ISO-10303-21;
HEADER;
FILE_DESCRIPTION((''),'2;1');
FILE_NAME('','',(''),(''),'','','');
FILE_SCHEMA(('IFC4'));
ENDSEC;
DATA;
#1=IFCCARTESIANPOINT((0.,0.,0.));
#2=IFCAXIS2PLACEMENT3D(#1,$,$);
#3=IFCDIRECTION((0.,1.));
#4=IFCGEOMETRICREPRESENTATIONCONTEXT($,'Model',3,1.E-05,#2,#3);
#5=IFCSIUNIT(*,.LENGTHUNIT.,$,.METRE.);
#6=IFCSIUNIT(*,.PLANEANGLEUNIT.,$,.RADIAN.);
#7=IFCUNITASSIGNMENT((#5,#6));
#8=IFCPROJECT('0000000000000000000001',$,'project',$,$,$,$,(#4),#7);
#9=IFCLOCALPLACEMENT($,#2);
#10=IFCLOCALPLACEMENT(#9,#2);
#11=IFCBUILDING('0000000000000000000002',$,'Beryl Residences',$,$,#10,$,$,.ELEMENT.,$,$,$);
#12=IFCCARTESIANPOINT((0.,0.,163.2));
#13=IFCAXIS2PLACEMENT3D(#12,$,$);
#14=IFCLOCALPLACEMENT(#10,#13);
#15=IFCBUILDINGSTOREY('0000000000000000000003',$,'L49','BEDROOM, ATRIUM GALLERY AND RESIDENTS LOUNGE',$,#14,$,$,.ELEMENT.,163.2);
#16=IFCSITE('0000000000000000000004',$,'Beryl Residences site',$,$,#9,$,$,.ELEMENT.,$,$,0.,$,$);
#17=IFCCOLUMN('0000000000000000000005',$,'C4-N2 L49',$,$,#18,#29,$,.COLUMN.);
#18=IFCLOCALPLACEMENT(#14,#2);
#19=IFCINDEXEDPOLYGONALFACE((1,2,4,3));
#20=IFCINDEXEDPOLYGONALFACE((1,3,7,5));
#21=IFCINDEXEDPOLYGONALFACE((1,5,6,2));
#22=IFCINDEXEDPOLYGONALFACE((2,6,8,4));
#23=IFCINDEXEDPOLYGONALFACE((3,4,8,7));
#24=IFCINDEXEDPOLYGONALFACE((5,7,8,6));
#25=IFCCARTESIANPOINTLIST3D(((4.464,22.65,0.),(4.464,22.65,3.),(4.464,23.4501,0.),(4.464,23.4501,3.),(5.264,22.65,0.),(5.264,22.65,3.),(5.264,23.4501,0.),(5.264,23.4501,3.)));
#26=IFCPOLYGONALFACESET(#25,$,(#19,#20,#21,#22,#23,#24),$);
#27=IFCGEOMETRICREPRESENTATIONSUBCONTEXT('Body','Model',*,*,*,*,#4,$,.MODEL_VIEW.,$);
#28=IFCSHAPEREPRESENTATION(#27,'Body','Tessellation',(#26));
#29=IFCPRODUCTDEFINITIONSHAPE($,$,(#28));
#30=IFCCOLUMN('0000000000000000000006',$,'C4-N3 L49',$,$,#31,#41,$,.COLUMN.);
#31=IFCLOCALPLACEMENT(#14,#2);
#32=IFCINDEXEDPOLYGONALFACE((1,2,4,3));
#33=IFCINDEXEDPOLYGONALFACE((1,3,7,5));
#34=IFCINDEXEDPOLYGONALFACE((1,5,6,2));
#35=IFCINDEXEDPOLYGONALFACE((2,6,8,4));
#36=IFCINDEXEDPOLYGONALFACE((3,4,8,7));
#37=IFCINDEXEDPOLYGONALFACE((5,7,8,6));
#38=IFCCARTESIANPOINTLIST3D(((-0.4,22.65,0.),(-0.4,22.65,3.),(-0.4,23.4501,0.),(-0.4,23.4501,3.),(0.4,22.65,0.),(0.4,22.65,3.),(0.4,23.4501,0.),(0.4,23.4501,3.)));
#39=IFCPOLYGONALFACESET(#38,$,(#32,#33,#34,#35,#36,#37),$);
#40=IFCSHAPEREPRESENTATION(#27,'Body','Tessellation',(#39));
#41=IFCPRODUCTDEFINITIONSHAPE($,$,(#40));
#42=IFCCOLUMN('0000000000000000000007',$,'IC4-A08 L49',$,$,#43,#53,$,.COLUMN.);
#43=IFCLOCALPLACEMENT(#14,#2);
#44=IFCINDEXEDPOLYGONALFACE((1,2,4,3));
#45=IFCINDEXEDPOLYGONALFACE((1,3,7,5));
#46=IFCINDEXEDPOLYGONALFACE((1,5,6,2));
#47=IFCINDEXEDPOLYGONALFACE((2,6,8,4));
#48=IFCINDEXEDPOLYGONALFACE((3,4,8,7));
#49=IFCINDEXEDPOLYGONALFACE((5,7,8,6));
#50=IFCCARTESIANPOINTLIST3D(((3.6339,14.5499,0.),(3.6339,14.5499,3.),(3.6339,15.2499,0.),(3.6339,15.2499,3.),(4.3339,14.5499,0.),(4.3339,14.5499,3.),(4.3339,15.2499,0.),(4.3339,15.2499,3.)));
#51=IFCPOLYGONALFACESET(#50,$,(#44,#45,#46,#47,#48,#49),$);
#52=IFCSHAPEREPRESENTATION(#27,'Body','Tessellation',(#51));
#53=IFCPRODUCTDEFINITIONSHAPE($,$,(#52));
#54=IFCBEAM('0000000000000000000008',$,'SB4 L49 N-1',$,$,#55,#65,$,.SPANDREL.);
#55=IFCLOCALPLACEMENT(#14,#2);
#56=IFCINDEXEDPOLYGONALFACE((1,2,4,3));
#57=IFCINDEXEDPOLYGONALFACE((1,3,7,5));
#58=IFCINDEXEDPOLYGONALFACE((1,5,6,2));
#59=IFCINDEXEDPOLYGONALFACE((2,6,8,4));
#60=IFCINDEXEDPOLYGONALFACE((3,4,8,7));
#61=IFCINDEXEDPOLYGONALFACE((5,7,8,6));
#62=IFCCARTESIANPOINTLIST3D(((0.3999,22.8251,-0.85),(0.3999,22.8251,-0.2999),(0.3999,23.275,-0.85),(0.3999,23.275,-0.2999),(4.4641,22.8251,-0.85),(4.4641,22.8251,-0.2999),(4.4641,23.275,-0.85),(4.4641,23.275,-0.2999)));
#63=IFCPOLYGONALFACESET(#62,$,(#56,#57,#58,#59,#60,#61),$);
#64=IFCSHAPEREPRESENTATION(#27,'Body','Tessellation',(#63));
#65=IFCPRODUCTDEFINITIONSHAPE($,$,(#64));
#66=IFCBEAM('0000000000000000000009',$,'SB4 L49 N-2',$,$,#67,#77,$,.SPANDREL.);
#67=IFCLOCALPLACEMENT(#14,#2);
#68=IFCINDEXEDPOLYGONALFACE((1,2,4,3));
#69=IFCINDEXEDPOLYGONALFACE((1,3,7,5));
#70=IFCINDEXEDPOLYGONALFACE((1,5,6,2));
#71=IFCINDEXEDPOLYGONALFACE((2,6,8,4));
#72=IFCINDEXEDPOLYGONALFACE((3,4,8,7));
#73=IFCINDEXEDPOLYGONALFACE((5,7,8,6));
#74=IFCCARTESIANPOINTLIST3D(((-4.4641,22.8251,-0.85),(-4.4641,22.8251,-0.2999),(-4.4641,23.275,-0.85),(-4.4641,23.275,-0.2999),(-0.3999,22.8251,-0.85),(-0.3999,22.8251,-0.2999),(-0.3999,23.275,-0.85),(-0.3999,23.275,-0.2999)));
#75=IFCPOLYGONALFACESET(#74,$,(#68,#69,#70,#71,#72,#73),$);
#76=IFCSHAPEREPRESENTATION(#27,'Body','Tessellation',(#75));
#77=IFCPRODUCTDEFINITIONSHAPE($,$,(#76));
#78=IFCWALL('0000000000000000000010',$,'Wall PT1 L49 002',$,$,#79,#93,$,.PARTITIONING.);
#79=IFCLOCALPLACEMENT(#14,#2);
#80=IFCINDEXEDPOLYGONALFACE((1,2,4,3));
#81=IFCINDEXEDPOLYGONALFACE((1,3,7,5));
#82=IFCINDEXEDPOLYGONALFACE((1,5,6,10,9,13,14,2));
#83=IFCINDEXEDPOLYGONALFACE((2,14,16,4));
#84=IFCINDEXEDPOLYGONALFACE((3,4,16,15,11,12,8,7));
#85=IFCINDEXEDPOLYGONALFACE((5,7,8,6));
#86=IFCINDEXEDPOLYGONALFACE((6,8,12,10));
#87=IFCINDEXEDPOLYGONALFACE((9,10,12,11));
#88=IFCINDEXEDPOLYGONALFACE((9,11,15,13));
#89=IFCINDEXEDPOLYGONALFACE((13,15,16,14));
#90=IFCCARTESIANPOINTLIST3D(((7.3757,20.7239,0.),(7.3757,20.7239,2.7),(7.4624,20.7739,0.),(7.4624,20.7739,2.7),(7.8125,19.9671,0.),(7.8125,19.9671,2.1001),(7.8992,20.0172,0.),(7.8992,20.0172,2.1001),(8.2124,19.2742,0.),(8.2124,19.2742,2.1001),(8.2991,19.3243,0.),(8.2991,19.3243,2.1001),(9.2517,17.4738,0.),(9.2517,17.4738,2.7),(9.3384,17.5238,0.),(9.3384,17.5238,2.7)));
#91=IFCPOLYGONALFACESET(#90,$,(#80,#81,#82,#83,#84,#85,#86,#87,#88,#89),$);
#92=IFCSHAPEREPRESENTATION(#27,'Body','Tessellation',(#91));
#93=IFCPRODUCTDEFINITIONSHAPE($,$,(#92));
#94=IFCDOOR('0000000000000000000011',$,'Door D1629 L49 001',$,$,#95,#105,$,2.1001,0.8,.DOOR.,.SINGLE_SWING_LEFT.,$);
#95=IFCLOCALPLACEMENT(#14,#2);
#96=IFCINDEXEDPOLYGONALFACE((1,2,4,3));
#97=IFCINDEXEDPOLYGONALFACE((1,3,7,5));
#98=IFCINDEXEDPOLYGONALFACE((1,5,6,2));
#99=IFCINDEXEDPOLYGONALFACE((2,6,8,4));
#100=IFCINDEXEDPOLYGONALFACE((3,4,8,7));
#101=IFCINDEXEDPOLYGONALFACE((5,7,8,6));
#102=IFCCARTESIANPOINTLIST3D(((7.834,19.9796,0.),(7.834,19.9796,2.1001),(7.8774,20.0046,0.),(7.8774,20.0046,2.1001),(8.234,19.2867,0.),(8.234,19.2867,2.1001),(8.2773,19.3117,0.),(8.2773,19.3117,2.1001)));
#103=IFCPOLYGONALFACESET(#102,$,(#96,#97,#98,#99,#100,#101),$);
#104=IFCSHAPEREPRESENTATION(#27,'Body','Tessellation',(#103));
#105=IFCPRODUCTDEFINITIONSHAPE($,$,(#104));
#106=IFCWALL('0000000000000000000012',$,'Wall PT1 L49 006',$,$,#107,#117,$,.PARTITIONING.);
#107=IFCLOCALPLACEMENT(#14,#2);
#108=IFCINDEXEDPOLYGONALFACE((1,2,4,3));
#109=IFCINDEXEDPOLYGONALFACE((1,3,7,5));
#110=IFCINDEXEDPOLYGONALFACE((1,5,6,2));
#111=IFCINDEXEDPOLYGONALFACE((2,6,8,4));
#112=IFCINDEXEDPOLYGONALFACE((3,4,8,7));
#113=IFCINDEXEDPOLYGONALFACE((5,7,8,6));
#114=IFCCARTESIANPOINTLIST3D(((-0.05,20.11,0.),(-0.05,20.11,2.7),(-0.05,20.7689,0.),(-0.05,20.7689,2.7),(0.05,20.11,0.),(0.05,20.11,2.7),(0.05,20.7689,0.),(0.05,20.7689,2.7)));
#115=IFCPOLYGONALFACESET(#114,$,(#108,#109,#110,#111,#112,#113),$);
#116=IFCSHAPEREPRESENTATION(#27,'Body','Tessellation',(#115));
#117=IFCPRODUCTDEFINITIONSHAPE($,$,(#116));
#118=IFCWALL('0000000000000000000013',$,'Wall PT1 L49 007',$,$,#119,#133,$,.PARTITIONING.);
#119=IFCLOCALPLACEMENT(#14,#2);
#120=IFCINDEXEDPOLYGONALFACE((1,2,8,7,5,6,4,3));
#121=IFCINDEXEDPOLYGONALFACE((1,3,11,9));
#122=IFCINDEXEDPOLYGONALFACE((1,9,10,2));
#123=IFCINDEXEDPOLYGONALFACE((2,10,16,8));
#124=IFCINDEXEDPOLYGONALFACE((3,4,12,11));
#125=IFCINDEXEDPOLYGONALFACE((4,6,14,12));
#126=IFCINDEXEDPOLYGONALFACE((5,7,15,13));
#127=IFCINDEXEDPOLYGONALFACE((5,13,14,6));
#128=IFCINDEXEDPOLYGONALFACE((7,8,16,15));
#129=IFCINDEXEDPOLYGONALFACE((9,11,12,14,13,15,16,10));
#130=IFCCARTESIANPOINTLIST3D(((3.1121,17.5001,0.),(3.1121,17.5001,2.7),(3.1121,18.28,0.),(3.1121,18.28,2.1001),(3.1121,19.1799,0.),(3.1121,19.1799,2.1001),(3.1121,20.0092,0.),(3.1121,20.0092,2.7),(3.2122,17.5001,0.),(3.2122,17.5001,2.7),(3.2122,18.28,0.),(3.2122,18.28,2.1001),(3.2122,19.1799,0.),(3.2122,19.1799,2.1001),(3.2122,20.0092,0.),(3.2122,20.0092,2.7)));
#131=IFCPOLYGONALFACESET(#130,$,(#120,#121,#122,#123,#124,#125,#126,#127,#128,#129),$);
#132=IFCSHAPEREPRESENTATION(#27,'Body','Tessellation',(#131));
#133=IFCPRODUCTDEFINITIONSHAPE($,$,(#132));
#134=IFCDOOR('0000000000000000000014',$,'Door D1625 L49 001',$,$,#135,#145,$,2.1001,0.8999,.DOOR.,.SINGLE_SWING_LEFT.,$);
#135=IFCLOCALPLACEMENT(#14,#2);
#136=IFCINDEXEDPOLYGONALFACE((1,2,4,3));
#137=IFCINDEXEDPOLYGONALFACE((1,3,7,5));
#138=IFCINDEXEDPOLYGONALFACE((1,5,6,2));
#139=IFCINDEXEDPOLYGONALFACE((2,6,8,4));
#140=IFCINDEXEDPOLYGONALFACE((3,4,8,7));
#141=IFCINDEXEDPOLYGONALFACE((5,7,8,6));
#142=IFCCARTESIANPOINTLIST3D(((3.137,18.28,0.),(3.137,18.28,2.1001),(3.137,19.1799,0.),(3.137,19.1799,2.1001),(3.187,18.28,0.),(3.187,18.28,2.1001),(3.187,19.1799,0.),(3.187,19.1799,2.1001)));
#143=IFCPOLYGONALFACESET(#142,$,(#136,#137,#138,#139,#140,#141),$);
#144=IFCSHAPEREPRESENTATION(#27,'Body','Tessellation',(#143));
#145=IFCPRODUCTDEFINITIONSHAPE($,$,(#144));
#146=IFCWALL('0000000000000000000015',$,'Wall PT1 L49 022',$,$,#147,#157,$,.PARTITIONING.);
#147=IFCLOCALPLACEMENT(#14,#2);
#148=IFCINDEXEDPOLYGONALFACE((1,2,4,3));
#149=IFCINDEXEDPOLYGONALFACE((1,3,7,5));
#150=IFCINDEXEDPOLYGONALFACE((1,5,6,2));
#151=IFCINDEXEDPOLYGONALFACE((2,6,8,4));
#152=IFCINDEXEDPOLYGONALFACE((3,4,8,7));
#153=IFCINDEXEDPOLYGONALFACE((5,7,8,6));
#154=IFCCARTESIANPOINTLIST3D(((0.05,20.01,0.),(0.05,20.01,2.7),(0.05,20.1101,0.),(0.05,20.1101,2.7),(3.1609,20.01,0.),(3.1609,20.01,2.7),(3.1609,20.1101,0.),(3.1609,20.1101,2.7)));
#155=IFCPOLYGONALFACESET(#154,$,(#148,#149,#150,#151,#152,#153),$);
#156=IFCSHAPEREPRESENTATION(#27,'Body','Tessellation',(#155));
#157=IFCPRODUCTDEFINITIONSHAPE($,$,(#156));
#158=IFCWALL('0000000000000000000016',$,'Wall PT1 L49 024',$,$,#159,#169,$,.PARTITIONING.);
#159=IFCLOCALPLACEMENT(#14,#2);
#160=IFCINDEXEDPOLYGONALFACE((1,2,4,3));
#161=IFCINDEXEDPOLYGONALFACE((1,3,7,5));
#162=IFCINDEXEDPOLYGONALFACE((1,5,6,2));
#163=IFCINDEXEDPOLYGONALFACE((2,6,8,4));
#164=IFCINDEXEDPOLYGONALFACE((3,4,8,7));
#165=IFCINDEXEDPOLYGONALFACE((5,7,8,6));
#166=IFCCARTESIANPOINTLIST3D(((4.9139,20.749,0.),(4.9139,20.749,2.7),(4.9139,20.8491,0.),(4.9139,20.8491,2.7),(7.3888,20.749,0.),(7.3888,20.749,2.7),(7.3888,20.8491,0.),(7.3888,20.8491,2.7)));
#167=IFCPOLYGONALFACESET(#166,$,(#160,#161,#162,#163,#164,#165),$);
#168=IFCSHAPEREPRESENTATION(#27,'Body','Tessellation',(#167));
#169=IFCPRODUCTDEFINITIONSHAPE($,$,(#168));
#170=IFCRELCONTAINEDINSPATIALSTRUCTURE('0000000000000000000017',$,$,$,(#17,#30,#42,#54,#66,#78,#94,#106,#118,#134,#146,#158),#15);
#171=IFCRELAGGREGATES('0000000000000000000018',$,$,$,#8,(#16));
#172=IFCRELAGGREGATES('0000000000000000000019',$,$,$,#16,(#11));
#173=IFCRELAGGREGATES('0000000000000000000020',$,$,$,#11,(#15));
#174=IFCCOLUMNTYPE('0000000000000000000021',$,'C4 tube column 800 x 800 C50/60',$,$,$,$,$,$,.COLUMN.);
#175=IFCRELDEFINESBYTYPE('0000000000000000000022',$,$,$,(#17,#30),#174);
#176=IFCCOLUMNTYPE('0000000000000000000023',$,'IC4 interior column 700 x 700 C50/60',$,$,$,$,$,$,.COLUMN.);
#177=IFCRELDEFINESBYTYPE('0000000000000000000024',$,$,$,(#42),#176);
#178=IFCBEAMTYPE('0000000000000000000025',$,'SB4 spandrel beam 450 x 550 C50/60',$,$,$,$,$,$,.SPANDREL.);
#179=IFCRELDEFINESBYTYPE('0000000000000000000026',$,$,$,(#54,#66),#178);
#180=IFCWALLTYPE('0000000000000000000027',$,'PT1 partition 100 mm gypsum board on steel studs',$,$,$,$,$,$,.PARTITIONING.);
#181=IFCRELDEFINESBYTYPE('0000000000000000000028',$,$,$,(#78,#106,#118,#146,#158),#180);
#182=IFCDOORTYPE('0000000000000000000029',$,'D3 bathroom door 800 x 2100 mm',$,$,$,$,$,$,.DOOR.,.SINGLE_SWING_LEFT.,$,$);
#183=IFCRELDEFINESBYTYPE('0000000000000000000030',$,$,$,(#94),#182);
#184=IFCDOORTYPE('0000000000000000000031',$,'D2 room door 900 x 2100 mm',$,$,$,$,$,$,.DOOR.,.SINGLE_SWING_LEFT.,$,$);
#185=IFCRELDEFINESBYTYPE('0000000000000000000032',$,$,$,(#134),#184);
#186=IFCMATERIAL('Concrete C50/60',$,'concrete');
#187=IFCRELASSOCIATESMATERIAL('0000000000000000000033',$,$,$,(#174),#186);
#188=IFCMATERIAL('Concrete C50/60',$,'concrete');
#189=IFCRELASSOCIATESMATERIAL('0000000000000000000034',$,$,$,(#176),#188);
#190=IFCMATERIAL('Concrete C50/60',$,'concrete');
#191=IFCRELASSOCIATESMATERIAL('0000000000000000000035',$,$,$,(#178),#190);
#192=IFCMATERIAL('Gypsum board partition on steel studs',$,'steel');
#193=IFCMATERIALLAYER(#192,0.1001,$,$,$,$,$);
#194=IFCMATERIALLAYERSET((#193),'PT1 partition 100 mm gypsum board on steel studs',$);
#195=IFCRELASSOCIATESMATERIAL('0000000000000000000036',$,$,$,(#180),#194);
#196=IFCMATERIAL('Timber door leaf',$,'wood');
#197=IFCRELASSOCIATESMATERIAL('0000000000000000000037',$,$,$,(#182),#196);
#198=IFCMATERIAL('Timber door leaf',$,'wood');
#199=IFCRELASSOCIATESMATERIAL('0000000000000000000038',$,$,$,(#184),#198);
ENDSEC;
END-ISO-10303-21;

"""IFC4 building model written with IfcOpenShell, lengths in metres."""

from ifc_helpers import new_model, si_unit, direction, frame, frame_2d, origin, origin_2d, place, context, subcontext, project, spatial, rectangle, extrude, material, layer, layer_set, material_profile, profile_set, type_object, element, fill, save


model = new_model("IFC4")

# Units and contexts
model_context = context("Model", 3, precision=1e-05, world=origin(), true_north=direction((0.0, 1.0)))
body_context = subcontext(model_context, "Body", "Model", "MODEL_VIEW")
ifc_project = project(units=[si_unit("LENGTHUNIT", "METRE"), si_unit("PLANEANGLEUNIT", "RADIAN")], contexts=[model_context])

# Site, building, storey
site_placement = place(None, origin())
site = spatial("IfcSite", under=ifc_project, at=site_placement, Name="Beryl Residences site", CompositionType="ELEMENT", RefElevation=0.0)
building_placement = place(site_placement, origin())
building = spatial("IfcBuilding", under=site, at=building_placement, Name="Beryl Residences", CompositionType="ELEMENT")
storey_placement = place(building_placement, frame((0.0, 0.0, 163.2)))
storey = spatial("IfcBuildingStorey", under=building, at=storey_placement, Name="L49", Description="BEDROOM, ATRIUM GALLERY AND RESIDENTS LOUNGE", CompositionType="ELEMENT", Elevation=163.2)

# Columns
ifc_material_1 = material(Name="Concrete C50/60", Category="concrete")
ifc_material_profile_1 = material_profile(ifc_material_1, rectangle(XDim=0.8, YDim=0.8, at=origin_2d()))
ifc_profile_set_1 = profile_set([ifc_material_profile_1], Name="Concrete C50/60")
column_type_1 = type_object("IfcColumnType", Name="C4 tube column 800 x 800 C50/60", PredefinedType="COLUMN", material=ifc_profile_set_1)
for number, where, z_axis, x_axis, name in (
    (1, (4.864, 23.05, 0.0), (0.0, 0.0, 1.0), (-1.0, 0.0, 0.0), "C4-N2 L49"),
    (2, (0.0, 23.05, 0.0), (0.0, 0.0, 1.0), (-1.0, 0.0, 0.0), "C4-N3 L49"),
):
    element("IfcColumn", number, at=place(storey_placement, frame(where, z_axis=z_axis, x_axis=x_axis)), inside=storey, type_object=column_type_1, Name=name, PredefinedType="COLUMN", context=body_context, shape_type="SweptSolid", body=[
        extrude(rectangle(XDim=0.8, YDim=0.8, at=origin_2d()), origin(), (0.0, 0.0, 1.0), 3.0),
    ])
ifc_material_2 = material(Name="Concrete C50/60", Category="concrete")
ifc_material_profile_2 = material_profile(ifc_material_2, rectangle(XDim=0.7, YDim=0.7, at=origin_2d()))
ifc_profile_set_2 = profile_set([ifc_material_profile_2], Name="Concrete C50/60")
column_type_2 = type_object("IfcColumnType", Name="IC4 interior column 700 x 700 C50/60", PredefinedType="COLUMN", material=ifc_profile_set_2)
column_placement = place(storey_placement, frame((3.9839, 14.8999, 0.0), z_axis=(0.0, 0.0, 1.0), x_axis=(1.0, 0.0, 0.0)))
element("IfcColumn", 3, at=column_placement, inside=storey, type_object=column_type_2, Name="IC4-A08 L49", PredefinedType="COLUMN", context=body_context, shape_type="SweptSolid", body=[
    extrude(rectangle(XDim=0.7, YDim=0.7, at=origin_2d()), origin(), (0.0, 0.0, 1.0), 3.0),
])

# Beams
ifc_material_3 = material(Name="Concrete C50/60", Category="concrete")
ifc_material_profile_3 = material_profile(ifc_material_3, rectangle(XDim=0.45, YDim=0.55, at=origin_2d()))
ifc_profile_set_3 = profile_set([ifc_material_profile_3], Name="Concrete C50/60")
beam_type = type_object("IfcBeamType", Name="SB4 spandrel beam 450 x 550 C50/60", PredefinedType="SPANDREL", material=ifc_profile_set_3)
for number, where, z_axis, x_axis, name in (
    (4, (4.4641, 23.05, -0.575), (-1.0, 0.0, 0.0), (0.0, -1.0, 0.0), "SB4 L49 N-1"),
    (5, (-0.3999, 23.05, -0.575), (-1.0, 0.0, 0.0), (0.0, -1.0, 0.0), "SB4 L49 N-2"),
):
    element("IfcBeam", number, at=place(storey_placement, frame(where, z_axis=z_axis, x_axis=x_axis)), inside=storey, type_object=beam_type, Name=name, PredefinedType="SPANDREL", context=body_context, shape_type="SweptSolid", body=[
        extrude(rectangle(XDim=0.45, YDim=0.55, at=origin_2d()), origin(), (0.0, 0.0, 1.0), 4.0642),
    ])

# Wall, opening, door
ifc_material_4 = material(Name="Gypsum board partition on steel studs", Category="steel")
ifc_layer_1 = layer(ifc_material_4, 0.1001)
ifc_layer_set_1 = layer_set([ifc_layer_1], Name="PT1 partition 100 mm gypsum board on steel studs")
wall_type_1 = type_object("IfcWallType", Name="PT1 partition 100 mm gypsum board on steel studs", PredefinedType="PARTITIONING", material=ifc_layer_set_1)
wall_1_placement = place(storey_placement, frame((7.4189, 20.749, 0.0), z_axis=(0.0, 0.0, 1.0), x_axis=(0.499918, -0.866073, 0.0)))
wall_1 = element("IfcWall", 6, at=wall_1_placement, inside=storey, type_object=wall_type_1, Name="Wall PT1 L49 002", PredefinedType="PARTITIONING", context=body_context, shape_type="SweptSolid", body=[
    extrude(rectangle(XDim=3.7527, YDim=0.1001, at=frame_2d((1.8765, 0.0))), origin(), (0.0, 0.0, 1.0), 2.7),
])
opening_1_placement = place(wall_1_placement, frame((0.874, 0.0, 0.0)))
opening_1 = element("IfcOpeningElement", 7, at=opening_1_placement, cuts=wall_1, PredefinedType="OPENING", context=body_context, shape_type="SweptSolid", body=[
    extrude(rectangle(XDim=0.8, YDim=2.1001, at=frame_2d((0.3999, 1.05))), frame((0.0, 0.0601, 0.0), z_axis=(0.0, -1.0, 0.0), x_axis=(1.0, 0.0, 0.0)), (0.0, 0.0, 1.0), 0.1201),
])
ifc_material_5 = material(Name="Timber door leaf", Category="wood")
door_type_1 = type_object("IfcDoorType", Name="D3 bathroom door 800 x 2100 mm", OperationType="SINGLE_SWING_LEFT", PredefinedType="DOOR", material=ifc_material_5)
door_1_placement = place(opening_1_placement, origin())
door_1 = element("IfcDoor", 8, at=door_1_placement, inside=storey, type_object=door_type_1, Name="Door D1629 L49 001", OperationType="SINGLE_SWING_LEFT", OverallHeight=2.1001, OverallWidth=0.8, PredefinedType="DOOR", context=body_context, shape_type="SweptSolid", body=[
    extrude(rectangle(XDim=0.8, YDim=2.1001, at=frame_2d((0.3999, 1.05))), frame((0.0, 0.0249, 0.0), z_axis=(0.0, -1.0, 0.0), x_axis=(1.0, 0.0, 0.0)), (0.0, 0.0, 1.0), 0.05),
])
fill(opening_1, door_1)

# Wall
wall_2_placement = place(storey_placement, frame((0.0, 20.769, 0.0), z_axis=(0.0, 0.0, 1.0), x_axis=(0.0, -1.0, 0.0)))
element("IfcWall", 9, at=wall_2_placement, inside=storey, type_object=wall_type_1, Name="Wall PT1 L49 006", PredefinedType="PARTITIONING", context=body_context, shape_type="SweptSolid", body=[
    extrude(rectangle(XDim=0.6589, YDim=0.1001, at=frame_2d((0.3296, 0.0))), origin(), (0.0, 0.0, 1.0), 2.7),
])

# Wall, opening, door
wall_3_placement = place(storey_placement, frame((3.1621, 20.009, 0.0), z_axis=(0.0, 0.0, 1.0), x_axis=(0.0, -1.0, 0.0)))
wall_3 = element("IfcWall", 10, at=wall_3_placement, inside=storey, type_object=wall_type_1, Name="Wall PT1 L49 007", PredefinedType="PARTITIONING", context=body_context, shape_type="SweptSolid", body=[
    extrude(rectangle(XDim=2.509, YDim=0.1001, at=frame_2d((1.2544, 0.0))), origin(), (0.0, 0.0, 1.0), 2.7),
])
opening_2_placement = place(wall_3_placement, frame((0.8291, 0.0, 0.0)))
opening_2 = element("IfcOpeningElement", 11, at=opening_2_placement, cuts=wall_3, PredefinedType="OPENING", context=body_context, shape_type="SweptSolid", body=[
    extrude(rectangle(XDim=0.8999, YDim=2.1001, at=frame_2d((0.45, 1.05))), frame((0.0, 0.0601, 0.0), z_axis=(0.0, -1.0, 0.0), x_axis=(1.0, 0.0, 0.0)), (0.0, 0.0, 1.0), 0.1201),
])
ifc_material_6 = material(Name="Timber door leaf", Category="wood")
door_type_2 = type_object("IfcDoorType", Name="D2 room door 900 x 2100 mm", OperationType="SINGLE_SWING_LEFT", PredefinedType="DOOR", material=ifc_material_6)
door_2_placement = place(opening_2_placement, origin())
door_2 = element("IfcDoor", 12, at=door_2_placement, inside=storey, type_object=door_type_2, Name="Door D1625 L49 001", OperationType="SINGLE_SWING_LEFT", OverallHeight=2.1001, OverallWidth=0.8999, PredefinedType="DOOR", context=body_context, shape_type="SweptSolid", body=[
    extrude(rectangle(XDim=0.8999, YDim=2.1001, at=frame_2d((0.45, 1.05))), frame((0.0, 0.0249, 0.0), z_axis=(0.0, -1.0, 0.0), x_axis=(1.0, 0.0, 0.0)), (0.0, 0.0, 1.0), 0.05),
])
fill(opening_2, door_2)

# Walls
wall_4_placement = place(storey_placement, frame((0.05, 20.0601, 0.0), z_axis=(0.0, 0.0, 1.0), x_axis=(1.0, 0.0, 0.0)))
element("IfcWall", 13, at=wall_4_placement, inside=storey, type_object=wall_type_1, Name="Wall PT1 L49 022", PredefinedType="PARTITIONING", context=body_context, shape_type="SweptSolid", body=[
    extrude(rectangle(XDim=3.1108, YDim=0.1001, at=frame_2d((1.5554, 0.0))), origin(), (0.0, 0.0, 1.0), 2.7),
])
wall_5_placement = place(storey_placement, frame((4.9141, 20.7991, 0.0), z_axis=(0.0, 0.0, 1.0), x_axis=(1.0, 0.0, 0.0)))
element("IfcWall", 14, at=wall_5_placement, inside=storey, type_object=wall_type_1, Name="Wall PT1 L49 024", PredefinedType="PARTITIONING", context=body_context, shape_type="SweptSolid", body=[
    extrude(rectangle(XDim=2.4749, YDim=0.1001, at=frame_2d((1.2373, 0.0))), origin(), (0.0, 0.0, 1.0), 2.7),
])

save(model, "model.ifc")
